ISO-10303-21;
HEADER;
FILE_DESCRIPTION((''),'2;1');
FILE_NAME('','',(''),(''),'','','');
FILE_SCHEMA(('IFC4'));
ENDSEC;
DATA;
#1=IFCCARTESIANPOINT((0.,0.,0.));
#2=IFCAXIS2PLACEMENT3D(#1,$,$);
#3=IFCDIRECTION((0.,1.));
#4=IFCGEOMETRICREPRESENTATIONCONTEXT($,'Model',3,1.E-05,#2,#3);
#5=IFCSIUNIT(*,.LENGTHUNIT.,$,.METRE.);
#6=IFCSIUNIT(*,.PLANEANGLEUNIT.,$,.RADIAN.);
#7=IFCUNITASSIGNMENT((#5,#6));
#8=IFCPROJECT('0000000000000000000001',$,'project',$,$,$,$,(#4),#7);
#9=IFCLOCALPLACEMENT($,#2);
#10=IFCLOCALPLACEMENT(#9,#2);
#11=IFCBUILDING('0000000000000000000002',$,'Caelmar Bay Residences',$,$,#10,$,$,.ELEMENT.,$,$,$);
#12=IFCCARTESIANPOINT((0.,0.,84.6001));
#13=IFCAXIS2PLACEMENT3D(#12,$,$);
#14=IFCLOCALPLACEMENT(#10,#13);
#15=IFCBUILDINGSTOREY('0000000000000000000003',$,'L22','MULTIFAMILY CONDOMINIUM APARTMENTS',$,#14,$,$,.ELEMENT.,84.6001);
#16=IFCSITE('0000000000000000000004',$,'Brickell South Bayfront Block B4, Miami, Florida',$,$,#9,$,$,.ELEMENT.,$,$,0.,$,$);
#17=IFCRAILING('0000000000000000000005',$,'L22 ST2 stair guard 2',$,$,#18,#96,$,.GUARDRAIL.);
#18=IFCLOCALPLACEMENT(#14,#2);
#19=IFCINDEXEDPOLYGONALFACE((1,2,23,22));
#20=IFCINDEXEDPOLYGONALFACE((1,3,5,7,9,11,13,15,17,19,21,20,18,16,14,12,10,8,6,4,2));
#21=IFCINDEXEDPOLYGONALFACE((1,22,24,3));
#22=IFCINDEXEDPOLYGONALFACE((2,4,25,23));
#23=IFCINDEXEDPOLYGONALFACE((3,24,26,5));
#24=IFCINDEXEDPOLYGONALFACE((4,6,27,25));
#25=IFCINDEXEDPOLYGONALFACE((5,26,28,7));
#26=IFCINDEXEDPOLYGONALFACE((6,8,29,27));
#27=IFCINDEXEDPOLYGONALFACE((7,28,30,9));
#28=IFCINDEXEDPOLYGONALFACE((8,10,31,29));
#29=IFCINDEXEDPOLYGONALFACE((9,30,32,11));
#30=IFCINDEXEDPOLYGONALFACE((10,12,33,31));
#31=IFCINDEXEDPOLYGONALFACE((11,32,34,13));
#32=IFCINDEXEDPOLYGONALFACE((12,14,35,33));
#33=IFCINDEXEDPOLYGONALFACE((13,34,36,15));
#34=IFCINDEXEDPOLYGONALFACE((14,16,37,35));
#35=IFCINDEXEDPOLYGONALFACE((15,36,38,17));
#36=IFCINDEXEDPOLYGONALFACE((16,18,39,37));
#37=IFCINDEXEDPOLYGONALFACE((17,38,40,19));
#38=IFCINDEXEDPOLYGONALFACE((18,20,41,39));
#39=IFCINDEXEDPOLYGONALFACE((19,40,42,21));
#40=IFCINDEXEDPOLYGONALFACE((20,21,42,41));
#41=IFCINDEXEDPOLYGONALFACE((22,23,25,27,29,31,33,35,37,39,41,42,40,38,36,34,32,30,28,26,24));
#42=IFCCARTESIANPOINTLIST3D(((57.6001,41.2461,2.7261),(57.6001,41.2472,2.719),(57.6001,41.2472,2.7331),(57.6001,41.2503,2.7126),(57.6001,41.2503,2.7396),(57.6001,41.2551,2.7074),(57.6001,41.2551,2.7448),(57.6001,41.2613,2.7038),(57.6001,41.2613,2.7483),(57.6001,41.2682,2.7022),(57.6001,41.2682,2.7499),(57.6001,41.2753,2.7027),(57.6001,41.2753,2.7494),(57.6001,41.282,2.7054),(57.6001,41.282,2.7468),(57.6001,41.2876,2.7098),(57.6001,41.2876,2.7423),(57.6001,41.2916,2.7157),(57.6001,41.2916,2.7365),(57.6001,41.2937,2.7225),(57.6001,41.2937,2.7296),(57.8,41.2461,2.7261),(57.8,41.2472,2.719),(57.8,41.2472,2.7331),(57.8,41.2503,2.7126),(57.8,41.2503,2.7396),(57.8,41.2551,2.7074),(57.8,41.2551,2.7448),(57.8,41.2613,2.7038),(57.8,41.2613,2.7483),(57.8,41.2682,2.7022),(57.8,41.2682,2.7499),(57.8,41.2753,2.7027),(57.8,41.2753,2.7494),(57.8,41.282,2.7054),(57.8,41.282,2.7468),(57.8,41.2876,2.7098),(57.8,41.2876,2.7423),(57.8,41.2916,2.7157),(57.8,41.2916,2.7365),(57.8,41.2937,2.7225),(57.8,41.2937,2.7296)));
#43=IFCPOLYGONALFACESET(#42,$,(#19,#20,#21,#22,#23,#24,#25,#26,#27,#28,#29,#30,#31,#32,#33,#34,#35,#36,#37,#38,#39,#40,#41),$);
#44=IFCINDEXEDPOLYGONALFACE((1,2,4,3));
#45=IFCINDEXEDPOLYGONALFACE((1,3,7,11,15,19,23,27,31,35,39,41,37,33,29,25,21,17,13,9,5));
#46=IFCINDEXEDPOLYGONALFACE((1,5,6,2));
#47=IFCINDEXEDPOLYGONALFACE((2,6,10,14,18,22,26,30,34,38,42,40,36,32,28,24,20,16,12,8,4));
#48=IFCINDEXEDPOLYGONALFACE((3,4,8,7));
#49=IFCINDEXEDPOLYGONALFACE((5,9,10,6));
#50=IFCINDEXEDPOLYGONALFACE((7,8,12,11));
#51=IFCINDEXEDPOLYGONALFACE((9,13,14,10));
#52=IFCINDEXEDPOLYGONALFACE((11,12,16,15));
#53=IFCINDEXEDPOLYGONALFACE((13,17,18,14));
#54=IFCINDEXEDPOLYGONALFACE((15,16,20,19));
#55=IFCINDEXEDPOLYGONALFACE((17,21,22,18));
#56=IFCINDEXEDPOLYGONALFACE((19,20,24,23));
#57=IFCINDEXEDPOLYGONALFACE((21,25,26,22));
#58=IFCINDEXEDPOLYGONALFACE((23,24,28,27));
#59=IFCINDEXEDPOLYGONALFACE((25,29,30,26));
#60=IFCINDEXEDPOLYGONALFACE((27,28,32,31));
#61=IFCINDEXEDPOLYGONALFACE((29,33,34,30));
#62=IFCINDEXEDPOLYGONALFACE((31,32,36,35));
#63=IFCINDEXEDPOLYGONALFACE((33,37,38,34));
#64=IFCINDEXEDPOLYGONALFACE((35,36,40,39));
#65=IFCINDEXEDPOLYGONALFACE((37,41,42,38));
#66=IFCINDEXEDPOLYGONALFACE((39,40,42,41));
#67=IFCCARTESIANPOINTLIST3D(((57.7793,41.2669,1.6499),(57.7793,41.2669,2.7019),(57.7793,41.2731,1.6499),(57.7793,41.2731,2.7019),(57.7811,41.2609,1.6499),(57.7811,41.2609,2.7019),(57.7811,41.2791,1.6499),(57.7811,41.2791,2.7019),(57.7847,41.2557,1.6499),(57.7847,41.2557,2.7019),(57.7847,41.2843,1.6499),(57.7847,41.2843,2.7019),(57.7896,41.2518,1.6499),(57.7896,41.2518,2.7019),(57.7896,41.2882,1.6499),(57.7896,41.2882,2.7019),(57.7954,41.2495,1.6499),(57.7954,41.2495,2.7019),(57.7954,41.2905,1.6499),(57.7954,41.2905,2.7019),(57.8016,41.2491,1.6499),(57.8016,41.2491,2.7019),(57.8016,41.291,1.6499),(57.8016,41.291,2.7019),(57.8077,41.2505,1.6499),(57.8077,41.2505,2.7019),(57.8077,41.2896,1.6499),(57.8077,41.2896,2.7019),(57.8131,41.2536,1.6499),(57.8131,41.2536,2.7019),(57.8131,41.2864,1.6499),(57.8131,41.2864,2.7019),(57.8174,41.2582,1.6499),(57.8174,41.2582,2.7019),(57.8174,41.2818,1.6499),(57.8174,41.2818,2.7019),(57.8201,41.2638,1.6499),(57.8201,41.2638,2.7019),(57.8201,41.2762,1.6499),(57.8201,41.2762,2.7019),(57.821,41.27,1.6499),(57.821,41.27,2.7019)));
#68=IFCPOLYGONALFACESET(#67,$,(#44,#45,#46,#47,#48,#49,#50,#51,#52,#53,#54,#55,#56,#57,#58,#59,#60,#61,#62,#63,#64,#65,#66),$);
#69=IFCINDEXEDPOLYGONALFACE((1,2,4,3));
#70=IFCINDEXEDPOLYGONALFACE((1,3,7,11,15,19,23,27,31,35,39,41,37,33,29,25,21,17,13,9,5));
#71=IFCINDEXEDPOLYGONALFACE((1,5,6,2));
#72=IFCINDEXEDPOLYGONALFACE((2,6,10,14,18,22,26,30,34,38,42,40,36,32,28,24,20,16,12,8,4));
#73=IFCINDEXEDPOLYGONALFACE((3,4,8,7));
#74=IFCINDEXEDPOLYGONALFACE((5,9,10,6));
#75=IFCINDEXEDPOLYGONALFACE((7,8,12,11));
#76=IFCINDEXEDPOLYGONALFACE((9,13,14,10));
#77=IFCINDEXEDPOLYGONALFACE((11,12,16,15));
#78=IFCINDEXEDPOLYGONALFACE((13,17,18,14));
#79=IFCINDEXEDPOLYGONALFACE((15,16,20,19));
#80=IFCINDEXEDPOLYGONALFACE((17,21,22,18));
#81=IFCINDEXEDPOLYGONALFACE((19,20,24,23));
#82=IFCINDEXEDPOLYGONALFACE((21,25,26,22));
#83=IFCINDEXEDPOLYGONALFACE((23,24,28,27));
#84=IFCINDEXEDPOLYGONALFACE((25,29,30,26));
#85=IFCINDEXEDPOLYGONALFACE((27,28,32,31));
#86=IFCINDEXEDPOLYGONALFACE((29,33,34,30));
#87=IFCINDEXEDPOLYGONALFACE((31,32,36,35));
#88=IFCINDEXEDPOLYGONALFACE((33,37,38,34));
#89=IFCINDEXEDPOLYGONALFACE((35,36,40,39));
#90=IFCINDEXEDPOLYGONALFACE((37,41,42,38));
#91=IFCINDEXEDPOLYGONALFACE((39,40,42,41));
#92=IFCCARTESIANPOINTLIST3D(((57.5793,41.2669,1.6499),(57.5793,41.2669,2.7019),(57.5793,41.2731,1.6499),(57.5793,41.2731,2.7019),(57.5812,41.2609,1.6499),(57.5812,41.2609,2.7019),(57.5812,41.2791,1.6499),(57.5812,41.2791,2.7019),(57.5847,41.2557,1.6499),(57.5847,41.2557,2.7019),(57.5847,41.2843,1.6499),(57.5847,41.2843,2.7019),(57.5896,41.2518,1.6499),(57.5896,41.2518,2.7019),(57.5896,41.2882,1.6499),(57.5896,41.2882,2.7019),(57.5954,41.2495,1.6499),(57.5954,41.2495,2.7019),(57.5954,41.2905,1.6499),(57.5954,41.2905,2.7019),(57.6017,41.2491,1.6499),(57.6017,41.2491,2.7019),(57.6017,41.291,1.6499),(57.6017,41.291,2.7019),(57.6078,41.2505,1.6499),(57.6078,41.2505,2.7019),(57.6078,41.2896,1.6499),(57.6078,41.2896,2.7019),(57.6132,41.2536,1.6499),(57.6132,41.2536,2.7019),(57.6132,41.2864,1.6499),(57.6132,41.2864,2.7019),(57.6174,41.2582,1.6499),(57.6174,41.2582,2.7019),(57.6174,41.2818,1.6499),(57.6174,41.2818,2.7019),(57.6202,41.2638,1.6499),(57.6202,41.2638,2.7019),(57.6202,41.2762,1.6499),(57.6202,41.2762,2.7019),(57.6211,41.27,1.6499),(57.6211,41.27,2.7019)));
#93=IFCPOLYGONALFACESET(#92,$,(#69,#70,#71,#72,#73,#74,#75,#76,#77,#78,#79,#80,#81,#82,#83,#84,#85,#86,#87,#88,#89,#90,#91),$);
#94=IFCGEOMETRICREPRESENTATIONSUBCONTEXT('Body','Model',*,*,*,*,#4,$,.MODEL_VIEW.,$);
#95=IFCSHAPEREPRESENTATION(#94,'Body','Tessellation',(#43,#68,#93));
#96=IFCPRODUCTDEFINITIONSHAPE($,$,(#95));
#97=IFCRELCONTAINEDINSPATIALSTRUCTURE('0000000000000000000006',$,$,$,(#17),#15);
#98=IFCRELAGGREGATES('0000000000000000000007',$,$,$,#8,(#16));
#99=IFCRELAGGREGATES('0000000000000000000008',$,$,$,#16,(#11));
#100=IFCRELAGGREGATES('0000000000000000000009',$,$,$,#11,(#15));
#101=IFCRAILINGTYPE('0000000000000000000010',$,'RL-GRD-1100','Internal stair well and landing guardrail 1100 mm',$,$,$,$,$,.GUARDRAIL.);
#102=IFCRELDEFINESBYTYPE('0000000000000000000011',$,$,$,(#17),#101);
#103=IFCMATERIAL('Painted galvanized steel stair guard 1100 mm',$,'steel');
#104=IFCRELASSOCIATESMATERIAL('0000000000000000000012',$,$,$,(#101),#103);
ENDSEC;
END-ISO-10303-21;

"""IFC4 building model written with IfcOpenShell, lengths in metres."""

from ifc_helpers import new_model, si_unit, direction, frame, origin, origin_2d, place, context, subcontext, project, spatial, circle, extrude, material, type_object, element, save


model = new_model("IFC4")

# Units and contexts
model_context = context("Model", 3, precision=1e-05, world=origin(), true_north=direction((0.0, 1.0)))
body_context = subcontext(model_context, "Body", "Model", "MODEL_VIEW")
ifc_project = project(units=[si_unit("LENGTHUNIT", "METRE"), si_unit("PLANEANGLEUNIT", "RADIAN")], contexts=[model_context])

# Site, building, storey
site_placement = place(None, origin())
site = spatial("IfcSite", under=ifc_project, at=site_placement, Name="Brickell South Bayfront Block B4, Miami, Florida", CompositionType="ELEMENT", RefElevation=0.0)
building_placement = place(site_placement, origin())
building = spatial("IfcBuilding", under=site, at=building_placement, Name="Caelmar Bay Residences", CompositionType="ELEMENT")
storey_placement = place(building_placement, frame((0.0, 0.0, 84.6001)))
storey = spatial("IfcBuildingStorey", under=building, at=storey_placement, Name="L22", Description="MULTIFAMILY CONDOMINIUM APARTMENTS", CompositionType="ELEMENT", Elevation=84.6001)

# Railing
ifc_material_1 = material(Name="Painted galvanized steel stair guard 1100 mm", Category="steel")
railing_type_1 = type_object("IfcRailingType", Name="RL-GRD-1100", Description="Internal stair well and landing guardrail 1100 mm", PredefinedType="GUARDRAIL", material=ifc_material_1)
railing_1_placement = place(storey_placement, frame((57.8, 41.27, 1.6499)))
element("IfcRailing", 1, at=railing_1_placement, inside=storey, type_object=railing_type_1, Name="L22 ST2 stair guard 2", PredefinedType="GUARDRAIL", context=body_context, shape_type="SweptSolid", body=[
    extrude(circle(Radius=0.0239, at=origin_2d()), frame((0.0, 0.0, 1.0762), z_axis=(-1.0, 0.0, 0.0), x_axis=(0.0, -1.0, 0.0)), (0.0, 0.0, 1.0), 0.2),
    extrude(circle(Radius=0.021, at=origin_2d()), origin(), (0.0, 0.0, 1.0), 1.052),
    extrude(circle(Radius=0.021, at=origin_2d()), frame((-0.2, 0.0, 0.0)), (0.0, 0.0, 1.0), 1.052),
])

save(model, "model.ifc")
